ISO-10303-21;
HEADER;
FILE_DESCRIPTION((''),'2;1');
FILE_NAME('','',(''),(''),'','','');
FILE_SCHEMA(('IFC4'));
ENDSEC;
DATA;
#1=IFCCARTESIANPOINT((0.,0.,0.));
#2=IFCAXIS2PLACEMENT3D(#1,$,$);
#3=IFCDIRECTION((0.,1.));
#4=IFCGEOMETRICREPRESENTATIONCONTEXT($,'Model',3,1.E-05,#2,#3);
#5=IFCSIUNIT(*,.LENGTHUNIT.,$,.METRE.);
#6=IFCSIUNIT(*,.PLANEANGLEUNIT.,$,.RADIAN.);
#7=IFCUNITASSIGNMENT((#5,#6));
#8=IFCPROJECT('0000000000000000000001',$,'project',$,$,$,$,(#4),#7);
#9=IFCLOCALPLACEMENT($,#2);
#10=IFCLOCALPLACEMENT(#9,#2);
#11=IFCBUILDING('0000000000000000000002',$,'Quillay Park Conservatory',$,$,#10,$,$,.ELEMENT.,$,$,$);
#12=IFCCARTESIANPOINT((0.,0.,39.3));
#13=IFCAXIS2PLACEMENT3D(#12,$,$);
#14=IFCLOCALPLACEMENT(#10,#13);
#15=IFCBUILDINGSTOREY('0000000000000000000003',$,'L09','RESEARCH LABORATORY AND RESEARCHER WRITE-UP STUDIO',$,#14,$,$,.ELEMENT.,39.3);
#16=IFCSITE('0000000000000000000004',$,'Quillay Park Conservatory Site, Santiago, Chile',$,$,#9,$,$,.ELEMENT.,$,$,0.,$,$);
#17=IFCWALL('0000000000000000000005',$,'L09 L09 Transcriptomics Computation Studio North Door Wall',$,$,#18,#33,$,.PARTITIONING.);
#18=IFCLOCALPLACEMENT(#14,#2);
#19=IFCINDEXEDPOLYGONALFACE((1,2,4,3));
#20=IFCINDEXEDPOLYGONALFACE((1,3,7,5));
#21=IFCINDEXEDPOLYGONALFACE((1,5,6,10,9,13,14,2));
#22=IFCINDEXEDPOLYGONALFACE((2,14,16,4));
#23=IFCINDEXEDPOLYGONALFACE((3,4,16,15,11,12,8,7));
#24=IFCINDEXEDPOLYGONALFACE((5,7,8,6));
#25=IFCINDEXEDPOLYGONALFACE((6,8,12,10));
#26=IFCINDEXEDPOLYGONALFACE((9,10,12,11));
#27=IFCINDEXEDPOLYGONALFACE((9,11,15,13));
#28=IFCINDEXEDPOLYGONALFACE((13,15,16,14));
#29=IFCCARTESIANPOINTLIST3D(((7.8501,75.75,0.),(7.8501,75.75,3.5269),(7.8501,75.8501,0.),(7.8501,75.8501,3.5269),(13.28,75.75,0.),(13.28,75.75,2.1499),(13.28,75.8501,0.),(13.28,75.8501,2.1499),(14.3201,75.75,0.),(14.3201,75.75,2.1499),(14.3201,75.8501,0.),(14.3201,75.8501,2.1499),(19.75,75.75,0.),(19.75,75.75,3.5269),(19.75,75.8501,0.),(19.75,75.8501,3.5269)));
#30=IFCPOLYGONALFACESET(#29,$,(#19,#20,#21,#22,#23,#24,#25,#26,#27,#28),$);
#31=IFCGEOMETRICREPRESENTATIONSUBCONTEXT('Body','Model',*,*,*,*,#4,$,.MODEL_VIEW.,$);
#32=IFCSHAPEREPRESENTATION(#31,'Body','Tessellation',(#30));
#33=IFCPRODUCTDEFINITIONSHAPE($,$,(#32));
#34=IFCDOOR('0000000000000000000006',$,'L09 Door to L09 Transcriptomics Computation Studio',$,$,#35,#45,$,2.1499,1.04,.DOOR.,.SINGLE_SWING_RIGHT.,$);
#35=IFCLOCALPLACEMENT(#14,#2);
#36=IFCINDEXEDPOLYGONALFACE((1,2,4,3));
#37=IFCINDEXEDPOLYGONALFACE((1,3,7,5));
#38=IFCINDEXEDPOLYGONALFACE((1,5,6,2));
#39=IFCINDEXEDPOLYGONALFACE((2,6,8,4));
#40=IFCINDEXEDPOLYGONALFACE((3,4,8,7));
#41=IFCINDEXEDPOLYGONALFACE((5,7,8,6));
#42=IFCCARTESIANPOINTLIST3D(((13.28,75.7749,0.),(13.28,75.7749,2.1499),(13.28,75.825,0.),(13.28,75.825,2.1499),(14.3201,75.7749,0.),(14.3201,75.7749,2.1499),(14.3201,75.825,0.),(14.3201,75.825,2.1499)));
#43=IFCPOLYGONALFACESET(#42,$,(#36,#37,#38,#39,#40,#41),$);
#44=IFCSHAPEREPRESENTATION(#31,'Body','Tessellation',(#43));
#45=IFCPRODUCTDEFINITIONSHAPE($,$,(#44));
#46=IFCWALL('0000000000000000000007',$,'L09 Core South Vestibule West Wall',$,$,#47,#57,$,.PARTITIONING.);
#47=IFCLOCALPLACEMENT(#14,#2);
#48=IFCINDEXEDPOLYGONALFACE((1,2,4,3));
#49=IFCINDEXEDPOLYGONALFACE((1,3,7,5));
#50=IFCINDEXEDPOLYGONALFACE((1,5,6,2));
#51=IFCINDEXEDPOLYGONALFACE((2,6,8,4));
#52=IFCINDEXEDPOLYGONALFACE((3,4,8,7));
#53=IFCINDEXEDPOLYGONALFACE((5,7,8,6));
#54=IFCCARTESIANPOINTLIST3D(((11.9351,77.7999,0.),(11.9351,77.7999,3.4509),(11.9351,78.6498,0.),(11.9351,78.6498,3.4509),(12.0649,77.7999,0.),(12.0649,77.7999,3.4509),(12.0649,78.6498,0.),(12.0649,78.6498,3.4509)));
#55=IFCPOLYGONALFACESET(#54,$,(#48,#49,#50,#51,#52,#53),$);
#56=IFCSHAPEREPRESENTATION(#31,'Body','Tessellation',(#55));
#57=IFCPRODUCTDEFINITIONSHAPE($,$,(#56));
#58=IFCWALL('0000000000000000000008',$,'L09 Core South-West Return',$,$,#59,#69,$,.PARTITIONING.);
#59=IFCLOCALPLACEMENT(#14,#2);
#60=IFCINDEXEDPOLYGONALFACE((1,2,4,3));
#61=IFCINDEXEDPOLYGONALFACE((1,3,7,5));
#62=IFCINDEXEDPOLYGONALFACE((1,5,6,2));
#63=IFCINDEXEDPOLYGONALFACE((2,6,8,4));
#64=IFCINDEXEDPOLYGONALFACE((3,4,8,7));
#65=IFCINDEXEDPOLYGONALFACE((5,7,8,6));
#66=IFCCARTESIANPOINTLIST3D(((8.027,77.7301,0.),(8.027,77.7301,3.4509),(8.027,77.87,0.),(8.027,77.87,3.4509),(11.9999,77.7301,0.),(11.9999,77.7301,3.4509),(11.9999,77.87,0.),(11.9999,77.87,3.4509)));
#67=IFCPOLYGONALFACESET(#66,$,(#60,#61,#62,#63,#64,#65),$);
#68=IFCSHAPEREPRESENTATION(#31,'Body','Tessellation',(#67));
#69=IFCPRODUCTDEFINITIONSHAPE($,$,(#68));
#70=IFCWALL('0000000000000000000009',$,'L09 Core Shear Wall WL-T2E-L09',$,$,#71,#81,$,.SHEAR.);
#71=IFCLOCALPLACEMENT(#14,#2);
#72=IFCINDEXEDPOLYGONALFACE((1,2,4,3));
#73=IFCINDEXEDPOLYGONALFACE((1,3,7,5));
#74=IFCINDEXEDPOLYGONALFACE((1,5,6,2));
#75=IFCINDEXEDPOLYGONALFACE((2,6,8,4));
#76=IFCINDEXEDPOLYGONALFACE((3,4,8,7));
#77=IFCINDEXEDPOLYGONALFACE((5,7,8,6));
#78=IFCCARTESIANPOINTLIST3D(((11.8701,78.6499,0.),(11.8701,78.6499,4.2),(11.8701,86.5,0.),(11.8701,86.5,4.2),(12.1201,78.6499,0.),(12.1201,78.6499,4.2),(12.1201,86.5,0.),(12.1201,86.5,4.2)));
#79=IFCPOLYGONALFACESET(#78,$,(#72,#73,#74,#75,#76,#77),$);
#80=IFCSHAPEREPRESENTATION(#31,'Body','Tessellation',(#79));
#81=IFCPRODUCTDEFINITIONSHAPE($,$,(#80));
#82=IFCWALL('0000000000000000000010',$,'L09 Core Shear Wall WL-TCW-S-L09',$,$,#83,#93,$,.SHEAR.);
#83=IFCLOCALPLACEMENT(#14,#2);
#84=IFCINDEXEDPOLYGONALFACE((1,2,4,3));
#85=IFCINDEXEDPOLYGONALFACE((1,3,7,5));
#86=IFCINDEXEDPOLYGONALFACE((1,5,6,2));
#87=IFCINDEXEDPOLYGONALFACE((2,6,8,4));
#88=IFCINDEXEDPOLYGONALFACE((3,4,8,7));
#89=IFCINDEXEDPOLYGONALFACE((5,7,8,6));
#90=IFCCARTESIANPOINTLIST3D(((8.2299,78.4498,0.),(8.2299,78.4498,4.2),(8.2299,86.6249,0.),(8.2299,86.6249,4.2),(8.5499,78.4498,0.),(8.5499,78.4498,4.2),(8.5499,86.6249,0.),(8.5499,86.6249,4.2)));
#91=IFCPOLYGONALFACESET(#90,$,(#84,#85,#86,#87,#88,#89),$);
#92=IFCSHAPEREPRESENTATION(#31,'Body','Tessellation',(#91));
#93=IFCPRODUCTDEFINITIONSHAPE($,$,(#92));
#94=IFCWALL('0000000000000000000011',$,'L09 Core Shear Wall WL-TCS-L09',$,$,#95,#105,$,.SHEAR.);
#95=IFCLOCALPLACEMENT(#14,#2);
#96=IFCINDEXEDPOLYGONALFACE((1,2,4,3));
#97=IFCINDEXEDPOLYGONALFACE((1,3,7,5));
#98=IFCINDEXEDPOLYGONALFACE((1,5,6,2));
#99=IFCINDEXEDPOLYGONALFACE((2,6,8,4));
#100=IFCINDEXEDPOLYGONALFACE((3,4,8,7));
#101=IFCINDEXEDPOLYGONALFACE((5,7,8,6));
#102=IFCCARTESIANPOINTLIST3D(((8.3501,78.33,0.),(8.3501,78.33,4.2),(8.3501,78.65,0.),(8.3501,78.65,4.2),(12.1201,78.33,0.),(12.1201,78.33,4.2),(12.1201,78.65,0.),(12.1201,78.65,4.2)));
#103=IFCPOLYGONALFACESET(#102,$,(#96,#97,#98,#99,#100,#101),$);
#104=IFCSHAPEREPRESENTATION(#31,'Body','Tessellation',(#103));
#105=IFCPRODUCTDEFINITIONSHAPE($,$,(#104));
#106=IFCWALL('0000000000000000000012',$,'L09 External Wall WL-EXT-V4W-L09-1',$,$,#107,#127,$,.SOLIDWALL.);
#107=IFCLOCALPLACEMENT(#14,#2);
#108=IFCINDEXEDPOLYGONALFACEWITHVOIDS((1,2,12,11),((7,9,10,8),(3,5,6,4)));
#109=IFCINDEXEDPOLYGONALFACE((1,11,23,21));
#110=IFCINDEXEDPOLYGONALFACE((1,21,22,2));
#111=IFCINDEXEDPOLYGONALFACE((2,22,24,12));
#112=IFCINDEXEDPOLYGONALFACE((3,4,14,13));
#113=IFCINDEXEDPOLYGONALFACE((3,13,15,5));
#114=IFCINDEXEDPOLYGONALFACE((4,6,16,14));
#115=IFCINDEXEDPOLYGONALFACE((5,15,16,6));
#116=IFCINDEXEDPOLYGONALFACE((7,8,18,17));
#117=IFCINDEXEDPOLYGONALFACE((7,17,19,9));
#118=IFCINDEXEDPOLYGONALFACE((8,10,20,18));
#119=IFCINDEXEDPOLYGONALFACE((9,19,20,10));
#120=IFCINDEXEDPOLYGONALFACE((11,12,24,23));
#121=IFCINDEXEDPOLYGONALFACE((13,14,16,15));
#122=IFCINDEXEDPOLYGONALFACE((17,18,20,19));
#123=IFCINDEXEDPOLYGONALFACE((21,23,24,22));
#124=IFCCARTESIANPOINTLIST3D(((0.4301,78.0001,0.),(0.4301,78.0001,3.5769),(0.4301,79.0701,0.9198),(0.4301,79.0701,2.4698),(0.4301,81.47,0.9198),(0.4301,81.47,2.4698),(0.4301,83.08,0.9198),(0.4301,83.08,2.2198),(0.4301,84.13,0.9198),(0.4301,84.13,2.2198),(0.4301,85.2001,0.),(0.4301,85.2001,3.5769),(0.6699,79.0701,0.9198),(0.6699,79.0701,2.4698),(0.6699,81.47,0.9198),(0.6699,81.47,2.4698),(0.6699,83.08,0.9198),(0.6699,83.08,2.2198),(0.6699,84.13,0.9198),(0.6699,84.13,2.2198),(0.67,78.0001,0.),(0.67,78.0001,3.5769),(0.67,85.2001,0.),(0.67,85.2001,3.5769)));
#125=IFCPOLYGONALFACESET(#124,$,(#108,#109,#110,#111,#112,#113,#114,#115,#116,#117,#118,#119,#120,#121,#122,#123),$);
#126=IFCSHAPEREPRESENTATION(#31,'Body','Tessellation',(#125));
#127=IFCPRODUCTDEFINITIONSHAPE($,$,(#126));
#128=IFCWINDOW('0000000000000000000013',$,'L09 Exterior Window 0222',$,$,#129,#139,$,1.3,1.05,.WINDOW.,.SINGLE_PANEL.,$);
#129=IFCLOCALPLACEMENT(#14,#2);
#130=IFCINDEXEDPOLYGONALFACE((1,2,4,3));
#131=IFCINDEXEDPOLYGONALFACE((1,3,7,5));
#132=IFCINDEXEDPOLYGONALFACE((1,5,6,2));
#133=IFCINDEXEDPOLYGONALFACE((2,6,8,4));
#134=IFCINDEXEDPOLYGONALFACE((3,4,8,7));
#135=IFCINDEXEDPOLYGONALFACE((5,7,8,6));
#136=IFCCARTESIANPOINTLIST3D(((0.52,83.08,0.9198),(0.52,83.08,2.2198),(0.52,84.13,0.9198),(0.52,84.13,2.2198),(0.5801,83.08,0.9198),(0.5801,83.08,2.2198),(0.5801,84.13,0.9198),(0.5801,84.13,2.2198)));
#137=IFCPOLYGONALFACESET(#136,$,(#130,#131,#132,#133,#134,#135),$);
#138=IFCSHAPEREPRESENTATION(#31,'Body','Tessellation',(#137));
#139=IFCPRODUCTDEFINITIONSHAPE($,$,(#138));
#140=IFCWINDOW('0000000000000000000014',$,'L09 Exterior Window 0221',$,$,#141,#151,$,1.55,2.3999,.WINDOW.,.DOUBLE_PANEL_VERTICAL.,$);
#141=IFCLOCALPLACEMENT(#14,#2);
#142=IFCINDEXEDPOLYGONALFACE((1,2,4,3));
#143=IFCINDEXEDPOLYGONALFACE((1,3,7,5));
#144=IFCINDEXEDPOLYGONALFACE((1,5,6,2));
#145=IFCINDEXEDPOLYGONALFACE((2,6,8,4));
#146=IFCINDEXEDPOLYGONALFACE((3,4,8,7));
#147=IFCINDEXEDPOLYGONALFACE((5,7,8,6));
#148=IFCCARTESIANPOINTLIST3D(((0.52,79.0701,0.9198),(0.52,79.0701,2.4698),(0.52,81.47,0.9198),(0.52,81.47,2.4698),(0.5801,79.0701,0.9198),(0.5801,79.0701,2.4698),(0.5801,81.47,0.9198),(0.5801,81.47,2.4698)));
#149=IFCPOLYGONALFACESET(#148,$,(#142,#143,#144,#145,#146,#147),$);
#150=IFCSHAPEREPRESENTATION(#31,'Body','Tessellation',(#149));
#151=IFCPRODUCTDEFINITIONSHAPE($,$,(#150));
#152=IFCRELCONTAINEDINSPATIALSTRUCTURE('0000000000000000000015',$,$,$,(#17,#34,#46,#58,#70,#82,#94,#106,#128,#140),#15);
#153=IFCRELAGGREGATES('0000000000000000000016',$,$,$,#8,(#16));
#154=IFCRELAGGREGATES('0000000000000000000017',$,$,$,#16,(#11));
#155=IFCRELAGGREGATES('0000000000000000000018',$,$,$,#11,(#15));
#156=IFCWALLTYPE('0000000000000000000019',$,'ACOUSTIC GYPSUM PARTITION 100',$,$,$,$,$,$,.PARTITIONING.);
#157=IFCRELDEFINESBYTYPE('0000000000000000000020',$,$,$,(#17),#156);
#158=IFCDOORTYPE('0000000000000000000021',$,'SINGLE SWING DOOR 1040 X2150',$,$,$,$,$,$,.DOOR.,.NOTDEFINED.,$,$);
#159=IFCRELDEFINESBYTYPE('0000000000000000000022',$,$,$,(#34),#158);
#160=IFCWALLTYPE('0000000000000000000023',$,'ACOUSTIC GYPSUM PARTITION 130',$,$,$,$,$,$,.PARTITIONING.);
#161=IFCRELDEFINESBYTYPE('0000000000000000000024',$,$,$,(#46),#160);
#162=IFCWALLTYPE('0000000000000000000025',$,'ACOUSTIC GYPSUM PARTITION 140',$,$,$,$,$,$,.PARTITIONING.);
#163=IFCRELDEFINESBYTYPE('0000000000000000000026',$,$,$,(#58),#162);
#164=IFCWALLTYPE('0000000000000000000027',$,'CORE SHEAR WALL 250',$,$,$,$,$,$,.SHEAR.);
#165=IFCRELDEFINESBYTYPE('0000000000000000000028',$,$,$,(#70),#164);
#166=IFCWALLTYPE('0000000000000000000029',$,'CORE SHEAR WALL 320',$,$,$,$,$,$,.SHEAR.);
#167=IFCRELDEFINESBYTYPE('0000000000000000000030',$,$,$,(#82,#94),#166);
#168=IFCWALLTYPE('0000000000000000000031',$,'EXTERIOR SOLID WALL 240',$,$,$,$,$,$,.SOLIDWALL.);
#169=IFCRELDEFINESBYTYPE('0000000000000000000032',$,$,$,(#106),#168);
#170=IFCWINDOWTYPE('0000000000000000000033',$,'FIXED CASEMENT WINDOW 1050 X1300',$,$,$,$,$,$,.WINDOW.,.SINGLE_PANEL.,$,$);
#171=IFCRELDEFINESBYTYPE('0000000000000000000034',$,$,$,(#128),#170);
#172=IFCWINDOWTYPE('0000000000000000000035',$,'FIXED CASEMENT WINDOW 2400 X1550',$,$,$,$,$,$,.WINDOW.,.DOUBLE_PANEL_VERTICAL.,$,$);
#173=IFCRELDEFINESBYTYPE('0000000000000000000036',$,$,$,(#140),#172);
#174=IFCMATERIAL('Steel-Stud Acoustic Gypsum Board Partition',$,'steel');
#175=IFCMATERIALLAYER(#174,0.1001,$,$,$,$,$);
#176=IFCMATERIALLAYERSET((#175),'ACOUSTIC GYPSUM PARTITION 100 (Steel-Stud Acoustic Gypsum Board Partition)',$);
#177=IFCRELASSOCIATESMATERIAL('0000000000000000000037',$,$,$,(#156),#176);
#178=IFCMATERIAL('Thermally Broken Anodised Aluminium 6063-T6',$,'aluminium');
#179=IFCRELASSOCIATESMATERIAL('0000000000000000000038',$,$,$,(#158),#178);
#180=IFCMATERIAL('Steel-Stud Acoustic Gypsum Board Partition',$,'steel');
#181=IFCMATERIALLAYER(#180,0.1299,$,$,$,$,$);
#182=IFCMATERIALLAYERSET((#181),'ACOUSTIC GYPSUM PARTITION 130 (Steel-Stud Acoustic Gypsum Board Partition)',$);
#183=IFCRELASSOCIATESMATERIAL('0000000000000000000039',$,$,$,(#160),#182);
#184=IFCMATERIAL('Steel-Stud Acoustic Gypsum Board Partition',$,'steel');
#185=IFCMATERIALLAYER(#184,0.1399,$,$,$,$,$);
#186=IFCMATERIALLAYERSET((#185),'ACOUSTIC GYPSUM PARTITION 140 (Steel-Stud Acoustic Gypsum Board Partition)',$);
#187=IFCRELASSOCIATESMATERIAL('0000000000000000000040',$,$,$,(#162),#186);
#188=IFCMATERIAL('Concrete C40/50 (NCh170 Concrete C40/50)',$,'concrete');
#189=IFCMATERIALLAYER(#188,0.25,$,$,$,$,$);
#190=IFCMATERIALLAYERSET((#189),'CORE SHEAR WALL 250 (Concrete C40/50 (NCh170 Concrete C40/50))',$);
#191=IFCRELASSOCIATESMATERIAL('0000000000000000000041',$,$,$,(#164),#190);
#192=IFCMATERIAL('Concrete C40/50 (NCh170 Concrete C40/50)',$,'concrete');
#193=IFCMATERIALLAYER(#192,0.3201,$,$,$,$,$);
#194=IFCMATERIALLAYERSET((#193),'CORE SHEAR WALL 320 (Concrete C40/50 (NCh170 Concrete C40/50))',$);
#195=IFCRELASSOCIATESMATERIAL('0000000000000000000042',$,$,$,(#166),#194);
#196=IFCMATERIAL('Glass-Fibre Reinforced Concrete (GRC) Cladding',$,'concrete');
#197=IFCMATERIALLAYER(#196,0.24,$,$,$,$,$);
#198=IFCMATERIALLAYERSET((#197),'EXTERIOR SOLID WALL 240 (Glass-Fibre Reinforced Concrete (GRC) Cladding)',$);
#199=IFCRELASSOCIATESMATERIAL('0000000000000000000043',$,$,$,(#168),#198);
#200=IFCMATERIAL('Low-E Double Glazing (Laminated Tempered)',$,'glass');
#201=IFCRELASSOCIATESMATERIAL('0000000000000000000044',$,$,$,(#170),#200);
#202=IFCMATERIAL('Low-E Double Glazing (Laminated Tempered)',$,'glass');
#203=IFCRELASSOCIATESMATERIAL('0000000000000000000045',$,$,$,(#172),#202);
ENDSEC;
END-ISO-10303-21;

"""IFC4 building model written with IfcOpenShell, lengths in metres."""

from ifc_helpers import new_model, si_unit, direction, frame, frame_2d, origin, place, context, subcontext, project, spatial, rectangle, extrude, material, layer, layer_set, type_object, element, fill, save


model = new_model("IFC4")

# Units and contexts
model_context = context("Model", 3, precision=1e-05, world=origin(), true_north=direction((0.0, 1.0)))
body_context = subcontext(model_context, "Body", "Model", "MODEL_VIEW")
ifc_project = project(units=[si_unit("LENGTHUNIT", "METRE"), si_unit("PLANEANGLEUNIT", "RADIAN")], contexts=[model_context])

# Site, building, storey
site_placement = place(None, origin())
site = spatial("IfcSite", under=ifc_project, at=site_placement, Name="Quillay Park Conservatory Site, Santiago, Chile", CompositionType="ELEMENT", RefElevation=0.0)
building_placement = place(site_placement, origin())
building = spatial("IfcBuilding", under=site, at=building_placement, Name="Quillay Park Conservatory", CompositionType="ELEMENT")
storey_placement = place(building_placement, frame((0.0, 0.0, 39.3)))
storey = spatial("IfcBuildingStorey", under=building, at=storey_placement, Name="L09", Description="RESEARCH LABORATORY AND RESEARCHER WRITE-UP STUDIO", CompositionType="ELEMENT", Elevation=39.3)

# Wall, opening, door
ifc_material_1 = material(Name="Steel-Stud Acoustic Gypsum Board Partition", Category="steel")
ifc_layer_1 = layer(ifc_material_1, 0.1001)
ifc_layer_set_1 = layer_set([ifc_layer_1], Name="ACOUSTIC GYPSUM PARTITION 100 (Steel-Stud Acoustic Gypsum Board Partition)")
wall_type_1 = type_object("IfcWallType", Name="ACOUSTIC GYPSUM PARTITION 100", PredefinedType="PARTITIONING", material=ifc_layer_set_1)
wall_1_placement = place(storey_placement, frame((7.8501, 75.8, 0.0), z_axis=(0.0, 0.0, 1.0), x_axis=(1.0, 0.0, 0.0)))
wall_1 = element("IfcWall", 1, at=wall_1_placement, inside=storey, type_object=wall_type_1, Name="L09 L09 Transcriptomics Computation Studio North Door Wall", PredefinedType="PARTITIONING", context=body_context, shape_type="SweptSolid", body=[
    extrude(rectangle(XDim=11.8999, YDim=0.1001, at=frame_2d((5.95, 0.0))), origin(), (0.0, 0.0, 1.0), 3.5269),
])
opening_1_placement = place(wall_1_placement, frame((5.4299, 0.0, 0.0)))
opening_1 = element("IfcOpeningElement", 2, at=opening_1_placement, cuts=wall_1, PredefinedType="OPENING", context=body_context, shape_type="SweptSolid", body=[
    extrude(rectangle(XDim=1.04, YDim=2.1499, at=frame_2d((0.52, 1.075))), frame((0.0, 0.05, 0.0), z_axis=(0.0, -1.0, 0.0), x_axis=(1.0, 0.0, 0.0)), (0.0, 0.0, 1.0), 0.1001),
])
ifc_material_2 = material(Name="Thermally Broken Anodised Aluminium 6063-T6", Category="aluminium")
door_type_1 = type_object("IfcDoorType", Name="SINGLE SWING DOOR 1040 X2150", OperationType="NOTDEFINED", PredefinedType="DOOR", material=ifc_material_2)
door_1_placement = place(opening_1_placement, origin())
door_1 = element("IfcDoor", 3, at=door_1_placement, inside=storey, type_object=door_type_1, Name="L09 Door to L09 Transcriptomics Computation Studio", OperationType="SINGLE_SWING_RIGHT", OverallHeight=2.1499, OverallWidth=1.04, PredefinedType="DOOR", context=body_context, shape_type="SweptSolid", body=[
    extrude(rectangle(XDim=1.04, YDim=2.1499, at=frame_2d((0.52, 1.075))), frame((0.0, 0.0249, 0.0), z_axis=(0.0, -1.0, 0.0), x_axis=(1.0, 0.0, 0.0)), (0.0, 0.0, 1.0), 0.05),
])
fill(opening_1, door_1)

# Walls
ifc_material_3 = material(Name="Steel-Stud Acoustic Gypsum Board Partition", Category="steel")
ifc_layer_2 = layer(ifc_material_3, 0.1299)
ifc_layer_set_2 = layer_set([ifc_layer_2], Name="ACOUSTIC GYPSUM PARTITION 130 (Steel-Stud Acoustic Gypsum Board Partition)")
wall_type_2 = type_object("IfcWallType", Name="ACOUSTIC GYPSUM PARTITION 130", PredefinedType="PARTITIONING", material=ifc_layer_set_2)
wall_2_placement = place(storey_placement, frame((12.0, 77.8, 0.0), z_axis=(0.0, 0.0, 1.0), x_axis=(0.0, 1.0, 0.0)))
element("IfcWall", 4, at=wall_2_placement, inside=storey, type_object=wall_type_2, Name="L09 Core South Vestibule West Wall", PredefinedType="PARTITIONING", context=body_context, shape_type="SweptSolid", body=[
    extrude(rectangle(XDim=0.8499, YDim=0.1299, at=frame_2d((0.4248, 0.0))), origin(), (0.0, 0.0, 1.0), 3.4509),
])
ifc_material_4 = material(Name="Steel-Stud Acoustic Gypsum Board Partition", Category="steel")
ifc_layer_3 = layer(ifc_material_4, 0.1399)
ifc_layer_set_3 = layer_set([ifc_layer_3], Name="ACOUSTIC GYPSUM PARTITION 140 (Steel-Stud Acoustic Gypsum Board Partition)")
wall_type_3 = type_object("IfcWallType", Name="ACOUSTIC GYPSUM PARTITION 140", PredefinedType="PARTITIONING", material=ifc_layer_set_3)
wall_3_placement = place(storey_placement, frame((8.0271, 77.8, 0.0), z_axis=(0.0, 0.0, 1.0), x_axis=(1.0, 0.0, 0.0)))
element("IfcWall", 5, at=wall_3_placement, inside=storey, type_object=wall_type_3, Name="L09 Core South-West Return", PredefinedType="PARTITIONING", context=body_context, shape_type="SweptSolid", body=[
    extrude(rectangle(XDim=3.9729, YDim=0.1399, at=frame_2d((1.9863, 0.0))), origin(), (0.0, 0.0, 1.0), 3.4509),
])

# Walls
ifc_material_5 = material(Name="Concrete C40/50 (NCh170 Concrete C40/50)", Category="concrete")
ifc_layer_4 = layer(ifc_material_5, 0.25)
ifc_layer_set_4 = layer_set([ifc_layer_4], Name="CORE SHEAR WALL 250 (Concrete C40/50 (NCh170 Concrete C40/50))")
wall_type_4 = type_object("IfcWallType", Name="CORE SHEAR WALL 250", PredefinedType="SHEAR", material=ifc_layer_set_4)
wall_4_placement = place(storey_placement, frame((11.9951, 78.6499, 0.0), z_axis=(0.0, 0.0, 1.0), x_axis=(0.0, 1.0, 0.0)))
element("IfcWall", 6, at=wall_4_placement, inside=storey, type_object=wall_type_4, Name="L09 Core Shear Wall WL-T2E-L09", PredefinedType="SHEAR", context=body_context, shape_type="SweptSolid", body=[
    extrude(rectangle(XDim=7.8501, YDim=0.25, at=frame_2d((3.925, 0.0))), origin(), (0.0, 0.0, 1.0), 4.2),
])
ifc_material_6 = material(Name="Concrete C40/50 (NCh170 Concrete C40/50)", Category="concrete")
ifc_layer_5 = layer(ifc_material_6, 0.3201)
ifc_layer_set_5 = layer_set([ifc_layer_5], Name="CORE SHEAR WALL 320 (Concrete C40/50 (NCh170 Concrete C40/50))")
wall_type_5 = type_object("IfcWallType", Name="CORE SHEAR WALL 320", PredefinedType="SHEAR", material=ifc_layer_set_5)
wall_5_placement = place(storey_placement, frame((8.3899, 78.45, 0.0), z_axis=(0.0, 0.0, 1.0), x_axis=(0.0, 1.0, 0.0)))
element("IfcWall", 7, at=wall_5_placement, inside=storey, type_object=wall_type_5, Name="L09 Core Shear Wall WL-TCW-S-L09", PredefinedType="SHEAR", context=body_context, shape_type="SweptSolid", body=[
    extrude(rectangle(XDim=8.175, YDim=0.3201, at=frame_2d((4.0874, 0.0))), origin(), (0.0, 0.0, 1.0), 4.2),
])
wall_6_placement = place(storey_placement, frame((8.3501, 78.49, 0.0), z_axis=(0.0, 0.0, 1.0), x_axis=(1.0, 0.0, 0.0)))
element("IfcWall", 8, at=wall_6_placement, inside=storey, type_object=wall_type_5, Name="L09 Core Shear Wall WL-TCS-L09", PredefinedType="SHEAR", context=body_context, shape_type="SweptSolid", body=[
    extrude(rectangle(XDim=3.77, YDim=0.3201, at=frame_2d((1.885, 0.0))), origin(), (0.0, 0.0, 1.0), 4.2),
])

# Wall, openings, windows
ifc_material_7 = material(Name="Glass-Fibre Reinforced Concrete (GRC) Cladding", Category="concrete")
ifc_layer_6 = layer(ifc_material_7, 0.24)
ifc_layer_set_6 = layer_set([ifc_layer_6], Name="EXTERIOR SOLID WALL 240 (Glass-Fibre Reinforced Concrete (GRC) Cladding)")
wall_type_6 = type_object("IfcWallType", Name="EXTERIOR SOLID WALL 240", PredefinedType="SOLIDWALL", material=ifc_layer_set_6)
wall_7_placement = place(storey_placement, frame((0.55, 78.0, 0.0), z_axis=(0.0, 0.0, 1.0), x_axis=(0.0, 1.0, 0.0)))
wall_7 = element("IfcWall", 9, at=wall_7_placement, inside=storey, type_object=wall_type_6, Name="L09 External Wall WL-EXT-V4W-L09-1", PredefinedType="SOLIDWALL", context=body_context, shape_type="SweptSolid", body=[
    extrude(rectangle(XDim=7.2, YDim=0.24, at=frame_2d((3.6001, 0.0))), origin(), (0.0, 0.0, 1.0), 3.5769),
])
opening_2_placement = place(wall_7_placement, frame((1.0701, 0.0, 0.9199)))
opening_2 = element("IfcOpeningElement", 10, at=opening_2_placement, cuts=wall_7, PredefinedType="OPENING", context=body_context, shape_type="SweptSolid", body=[
    extrude(rectangle(XDim=2.3999, YDim=1.55, at=frame_2d((1.2, 0.7749))), frame((0.0, 0.1201, 0.0), z_axis=(0.0, -1.0, 0.0), x_axis=(1.0, 0.0, 0.0)), (0.0, 0.0, 1.0), 0.24),
])
opening_3_placement = place(wall_7_placement, frame((5.0801, 0.0, 0.9199)))
opening_3 = element("IfcOpeningElement", 11, at=opening_3_placement, cuts=wall_7, PredefinedType="OPENING", context=body_context, shape_type="SweptSolid", body=[
    extrude(rectangle(XDim=1.05, YDim=1.3, at=frame_2d((0.5249, 0.6499))), frame((0.0, 0.1201, 0.0), z_axis=(0.0, -1.0, 0.0), x_axis=(1.0, 0.0, 0.0)), (0.0, 0.0, 1.0), 0.24),
])
ifc_material_8 = material(Name="Low-E Double Glazing (Laminated Tempered)", Category="glass")
window_type_1 = type_object("IfcWindowType", Name="FIXED CASEMENT WINDOW 1050 X1300", PartitioningType="SINGLE_PANEL", PredefinedType="WINDOW", material=ifc_material_8)
window_1_placement = place(opening_3_placement, origin())
window_1 = element("IfcWindow", 12, at=window_1_placement, inside=storey, type_object=window_type_1, Name="L09 Exterior Window 0222", OverallHeight=1.3, OverallWidth=1.05, PartitioningType="SINGLE_PANEL", PredefinedType="WINDOW", context=body_context, shape_type="SweptSolid", body=[
    extrude(rectangle(XDim=1.05, YDim=1.3, at=frame_2d((0.5249, 0.6499))), frame((0.0, 0.03, 0.0), z_axis=(0.0, -1.0, 0.0), x_axis=(1.0, 0.0, 0.0)), (0.0, 0.0, 1.0), 0.0601),
])
fill(opening_3, window_1)
ifc_material_9 = material(Name="Low-E Double Glazing (Laminated Tempered)", Category="glass")
window_type_2 = type_object("IfcWindowType", Name="FIXED CASEMENT WINDOW 2400 X1550", PartitioningType="DOUBLE_PANEL_VERTICAL", PredefinedType="WINDOW", material=ifc_material_9)
window_2_placement = place(opening_2_placement, origin())
window_2 = element("IfcWindow", 13, at=window_2_placement, inside=storey, type_object=window_type_2, Name="L09 Exterior Window 0221", OverallHeight=1.55, OverallWidth=2.3999, PartitioningType="DOUBLE_PANEL_VERTICAL", PredefinedType="WINDOW", context=body_context, shape_type="SweptSolid", body=[
    extrude(rectangle(XDim=2.3999, YDim=1.55, at=frame_2d((1.2, 0.7749))), frame((0.0, 0.03, 0.0), z_axis=(0.0, -1.0, 0.0), x_axis=(1.0, 0.0, 0.0)), (0.0, 0.0, 1.0), 0.0601),
])
fill(opening_2, window_2)

save(model, "model.ifc")
